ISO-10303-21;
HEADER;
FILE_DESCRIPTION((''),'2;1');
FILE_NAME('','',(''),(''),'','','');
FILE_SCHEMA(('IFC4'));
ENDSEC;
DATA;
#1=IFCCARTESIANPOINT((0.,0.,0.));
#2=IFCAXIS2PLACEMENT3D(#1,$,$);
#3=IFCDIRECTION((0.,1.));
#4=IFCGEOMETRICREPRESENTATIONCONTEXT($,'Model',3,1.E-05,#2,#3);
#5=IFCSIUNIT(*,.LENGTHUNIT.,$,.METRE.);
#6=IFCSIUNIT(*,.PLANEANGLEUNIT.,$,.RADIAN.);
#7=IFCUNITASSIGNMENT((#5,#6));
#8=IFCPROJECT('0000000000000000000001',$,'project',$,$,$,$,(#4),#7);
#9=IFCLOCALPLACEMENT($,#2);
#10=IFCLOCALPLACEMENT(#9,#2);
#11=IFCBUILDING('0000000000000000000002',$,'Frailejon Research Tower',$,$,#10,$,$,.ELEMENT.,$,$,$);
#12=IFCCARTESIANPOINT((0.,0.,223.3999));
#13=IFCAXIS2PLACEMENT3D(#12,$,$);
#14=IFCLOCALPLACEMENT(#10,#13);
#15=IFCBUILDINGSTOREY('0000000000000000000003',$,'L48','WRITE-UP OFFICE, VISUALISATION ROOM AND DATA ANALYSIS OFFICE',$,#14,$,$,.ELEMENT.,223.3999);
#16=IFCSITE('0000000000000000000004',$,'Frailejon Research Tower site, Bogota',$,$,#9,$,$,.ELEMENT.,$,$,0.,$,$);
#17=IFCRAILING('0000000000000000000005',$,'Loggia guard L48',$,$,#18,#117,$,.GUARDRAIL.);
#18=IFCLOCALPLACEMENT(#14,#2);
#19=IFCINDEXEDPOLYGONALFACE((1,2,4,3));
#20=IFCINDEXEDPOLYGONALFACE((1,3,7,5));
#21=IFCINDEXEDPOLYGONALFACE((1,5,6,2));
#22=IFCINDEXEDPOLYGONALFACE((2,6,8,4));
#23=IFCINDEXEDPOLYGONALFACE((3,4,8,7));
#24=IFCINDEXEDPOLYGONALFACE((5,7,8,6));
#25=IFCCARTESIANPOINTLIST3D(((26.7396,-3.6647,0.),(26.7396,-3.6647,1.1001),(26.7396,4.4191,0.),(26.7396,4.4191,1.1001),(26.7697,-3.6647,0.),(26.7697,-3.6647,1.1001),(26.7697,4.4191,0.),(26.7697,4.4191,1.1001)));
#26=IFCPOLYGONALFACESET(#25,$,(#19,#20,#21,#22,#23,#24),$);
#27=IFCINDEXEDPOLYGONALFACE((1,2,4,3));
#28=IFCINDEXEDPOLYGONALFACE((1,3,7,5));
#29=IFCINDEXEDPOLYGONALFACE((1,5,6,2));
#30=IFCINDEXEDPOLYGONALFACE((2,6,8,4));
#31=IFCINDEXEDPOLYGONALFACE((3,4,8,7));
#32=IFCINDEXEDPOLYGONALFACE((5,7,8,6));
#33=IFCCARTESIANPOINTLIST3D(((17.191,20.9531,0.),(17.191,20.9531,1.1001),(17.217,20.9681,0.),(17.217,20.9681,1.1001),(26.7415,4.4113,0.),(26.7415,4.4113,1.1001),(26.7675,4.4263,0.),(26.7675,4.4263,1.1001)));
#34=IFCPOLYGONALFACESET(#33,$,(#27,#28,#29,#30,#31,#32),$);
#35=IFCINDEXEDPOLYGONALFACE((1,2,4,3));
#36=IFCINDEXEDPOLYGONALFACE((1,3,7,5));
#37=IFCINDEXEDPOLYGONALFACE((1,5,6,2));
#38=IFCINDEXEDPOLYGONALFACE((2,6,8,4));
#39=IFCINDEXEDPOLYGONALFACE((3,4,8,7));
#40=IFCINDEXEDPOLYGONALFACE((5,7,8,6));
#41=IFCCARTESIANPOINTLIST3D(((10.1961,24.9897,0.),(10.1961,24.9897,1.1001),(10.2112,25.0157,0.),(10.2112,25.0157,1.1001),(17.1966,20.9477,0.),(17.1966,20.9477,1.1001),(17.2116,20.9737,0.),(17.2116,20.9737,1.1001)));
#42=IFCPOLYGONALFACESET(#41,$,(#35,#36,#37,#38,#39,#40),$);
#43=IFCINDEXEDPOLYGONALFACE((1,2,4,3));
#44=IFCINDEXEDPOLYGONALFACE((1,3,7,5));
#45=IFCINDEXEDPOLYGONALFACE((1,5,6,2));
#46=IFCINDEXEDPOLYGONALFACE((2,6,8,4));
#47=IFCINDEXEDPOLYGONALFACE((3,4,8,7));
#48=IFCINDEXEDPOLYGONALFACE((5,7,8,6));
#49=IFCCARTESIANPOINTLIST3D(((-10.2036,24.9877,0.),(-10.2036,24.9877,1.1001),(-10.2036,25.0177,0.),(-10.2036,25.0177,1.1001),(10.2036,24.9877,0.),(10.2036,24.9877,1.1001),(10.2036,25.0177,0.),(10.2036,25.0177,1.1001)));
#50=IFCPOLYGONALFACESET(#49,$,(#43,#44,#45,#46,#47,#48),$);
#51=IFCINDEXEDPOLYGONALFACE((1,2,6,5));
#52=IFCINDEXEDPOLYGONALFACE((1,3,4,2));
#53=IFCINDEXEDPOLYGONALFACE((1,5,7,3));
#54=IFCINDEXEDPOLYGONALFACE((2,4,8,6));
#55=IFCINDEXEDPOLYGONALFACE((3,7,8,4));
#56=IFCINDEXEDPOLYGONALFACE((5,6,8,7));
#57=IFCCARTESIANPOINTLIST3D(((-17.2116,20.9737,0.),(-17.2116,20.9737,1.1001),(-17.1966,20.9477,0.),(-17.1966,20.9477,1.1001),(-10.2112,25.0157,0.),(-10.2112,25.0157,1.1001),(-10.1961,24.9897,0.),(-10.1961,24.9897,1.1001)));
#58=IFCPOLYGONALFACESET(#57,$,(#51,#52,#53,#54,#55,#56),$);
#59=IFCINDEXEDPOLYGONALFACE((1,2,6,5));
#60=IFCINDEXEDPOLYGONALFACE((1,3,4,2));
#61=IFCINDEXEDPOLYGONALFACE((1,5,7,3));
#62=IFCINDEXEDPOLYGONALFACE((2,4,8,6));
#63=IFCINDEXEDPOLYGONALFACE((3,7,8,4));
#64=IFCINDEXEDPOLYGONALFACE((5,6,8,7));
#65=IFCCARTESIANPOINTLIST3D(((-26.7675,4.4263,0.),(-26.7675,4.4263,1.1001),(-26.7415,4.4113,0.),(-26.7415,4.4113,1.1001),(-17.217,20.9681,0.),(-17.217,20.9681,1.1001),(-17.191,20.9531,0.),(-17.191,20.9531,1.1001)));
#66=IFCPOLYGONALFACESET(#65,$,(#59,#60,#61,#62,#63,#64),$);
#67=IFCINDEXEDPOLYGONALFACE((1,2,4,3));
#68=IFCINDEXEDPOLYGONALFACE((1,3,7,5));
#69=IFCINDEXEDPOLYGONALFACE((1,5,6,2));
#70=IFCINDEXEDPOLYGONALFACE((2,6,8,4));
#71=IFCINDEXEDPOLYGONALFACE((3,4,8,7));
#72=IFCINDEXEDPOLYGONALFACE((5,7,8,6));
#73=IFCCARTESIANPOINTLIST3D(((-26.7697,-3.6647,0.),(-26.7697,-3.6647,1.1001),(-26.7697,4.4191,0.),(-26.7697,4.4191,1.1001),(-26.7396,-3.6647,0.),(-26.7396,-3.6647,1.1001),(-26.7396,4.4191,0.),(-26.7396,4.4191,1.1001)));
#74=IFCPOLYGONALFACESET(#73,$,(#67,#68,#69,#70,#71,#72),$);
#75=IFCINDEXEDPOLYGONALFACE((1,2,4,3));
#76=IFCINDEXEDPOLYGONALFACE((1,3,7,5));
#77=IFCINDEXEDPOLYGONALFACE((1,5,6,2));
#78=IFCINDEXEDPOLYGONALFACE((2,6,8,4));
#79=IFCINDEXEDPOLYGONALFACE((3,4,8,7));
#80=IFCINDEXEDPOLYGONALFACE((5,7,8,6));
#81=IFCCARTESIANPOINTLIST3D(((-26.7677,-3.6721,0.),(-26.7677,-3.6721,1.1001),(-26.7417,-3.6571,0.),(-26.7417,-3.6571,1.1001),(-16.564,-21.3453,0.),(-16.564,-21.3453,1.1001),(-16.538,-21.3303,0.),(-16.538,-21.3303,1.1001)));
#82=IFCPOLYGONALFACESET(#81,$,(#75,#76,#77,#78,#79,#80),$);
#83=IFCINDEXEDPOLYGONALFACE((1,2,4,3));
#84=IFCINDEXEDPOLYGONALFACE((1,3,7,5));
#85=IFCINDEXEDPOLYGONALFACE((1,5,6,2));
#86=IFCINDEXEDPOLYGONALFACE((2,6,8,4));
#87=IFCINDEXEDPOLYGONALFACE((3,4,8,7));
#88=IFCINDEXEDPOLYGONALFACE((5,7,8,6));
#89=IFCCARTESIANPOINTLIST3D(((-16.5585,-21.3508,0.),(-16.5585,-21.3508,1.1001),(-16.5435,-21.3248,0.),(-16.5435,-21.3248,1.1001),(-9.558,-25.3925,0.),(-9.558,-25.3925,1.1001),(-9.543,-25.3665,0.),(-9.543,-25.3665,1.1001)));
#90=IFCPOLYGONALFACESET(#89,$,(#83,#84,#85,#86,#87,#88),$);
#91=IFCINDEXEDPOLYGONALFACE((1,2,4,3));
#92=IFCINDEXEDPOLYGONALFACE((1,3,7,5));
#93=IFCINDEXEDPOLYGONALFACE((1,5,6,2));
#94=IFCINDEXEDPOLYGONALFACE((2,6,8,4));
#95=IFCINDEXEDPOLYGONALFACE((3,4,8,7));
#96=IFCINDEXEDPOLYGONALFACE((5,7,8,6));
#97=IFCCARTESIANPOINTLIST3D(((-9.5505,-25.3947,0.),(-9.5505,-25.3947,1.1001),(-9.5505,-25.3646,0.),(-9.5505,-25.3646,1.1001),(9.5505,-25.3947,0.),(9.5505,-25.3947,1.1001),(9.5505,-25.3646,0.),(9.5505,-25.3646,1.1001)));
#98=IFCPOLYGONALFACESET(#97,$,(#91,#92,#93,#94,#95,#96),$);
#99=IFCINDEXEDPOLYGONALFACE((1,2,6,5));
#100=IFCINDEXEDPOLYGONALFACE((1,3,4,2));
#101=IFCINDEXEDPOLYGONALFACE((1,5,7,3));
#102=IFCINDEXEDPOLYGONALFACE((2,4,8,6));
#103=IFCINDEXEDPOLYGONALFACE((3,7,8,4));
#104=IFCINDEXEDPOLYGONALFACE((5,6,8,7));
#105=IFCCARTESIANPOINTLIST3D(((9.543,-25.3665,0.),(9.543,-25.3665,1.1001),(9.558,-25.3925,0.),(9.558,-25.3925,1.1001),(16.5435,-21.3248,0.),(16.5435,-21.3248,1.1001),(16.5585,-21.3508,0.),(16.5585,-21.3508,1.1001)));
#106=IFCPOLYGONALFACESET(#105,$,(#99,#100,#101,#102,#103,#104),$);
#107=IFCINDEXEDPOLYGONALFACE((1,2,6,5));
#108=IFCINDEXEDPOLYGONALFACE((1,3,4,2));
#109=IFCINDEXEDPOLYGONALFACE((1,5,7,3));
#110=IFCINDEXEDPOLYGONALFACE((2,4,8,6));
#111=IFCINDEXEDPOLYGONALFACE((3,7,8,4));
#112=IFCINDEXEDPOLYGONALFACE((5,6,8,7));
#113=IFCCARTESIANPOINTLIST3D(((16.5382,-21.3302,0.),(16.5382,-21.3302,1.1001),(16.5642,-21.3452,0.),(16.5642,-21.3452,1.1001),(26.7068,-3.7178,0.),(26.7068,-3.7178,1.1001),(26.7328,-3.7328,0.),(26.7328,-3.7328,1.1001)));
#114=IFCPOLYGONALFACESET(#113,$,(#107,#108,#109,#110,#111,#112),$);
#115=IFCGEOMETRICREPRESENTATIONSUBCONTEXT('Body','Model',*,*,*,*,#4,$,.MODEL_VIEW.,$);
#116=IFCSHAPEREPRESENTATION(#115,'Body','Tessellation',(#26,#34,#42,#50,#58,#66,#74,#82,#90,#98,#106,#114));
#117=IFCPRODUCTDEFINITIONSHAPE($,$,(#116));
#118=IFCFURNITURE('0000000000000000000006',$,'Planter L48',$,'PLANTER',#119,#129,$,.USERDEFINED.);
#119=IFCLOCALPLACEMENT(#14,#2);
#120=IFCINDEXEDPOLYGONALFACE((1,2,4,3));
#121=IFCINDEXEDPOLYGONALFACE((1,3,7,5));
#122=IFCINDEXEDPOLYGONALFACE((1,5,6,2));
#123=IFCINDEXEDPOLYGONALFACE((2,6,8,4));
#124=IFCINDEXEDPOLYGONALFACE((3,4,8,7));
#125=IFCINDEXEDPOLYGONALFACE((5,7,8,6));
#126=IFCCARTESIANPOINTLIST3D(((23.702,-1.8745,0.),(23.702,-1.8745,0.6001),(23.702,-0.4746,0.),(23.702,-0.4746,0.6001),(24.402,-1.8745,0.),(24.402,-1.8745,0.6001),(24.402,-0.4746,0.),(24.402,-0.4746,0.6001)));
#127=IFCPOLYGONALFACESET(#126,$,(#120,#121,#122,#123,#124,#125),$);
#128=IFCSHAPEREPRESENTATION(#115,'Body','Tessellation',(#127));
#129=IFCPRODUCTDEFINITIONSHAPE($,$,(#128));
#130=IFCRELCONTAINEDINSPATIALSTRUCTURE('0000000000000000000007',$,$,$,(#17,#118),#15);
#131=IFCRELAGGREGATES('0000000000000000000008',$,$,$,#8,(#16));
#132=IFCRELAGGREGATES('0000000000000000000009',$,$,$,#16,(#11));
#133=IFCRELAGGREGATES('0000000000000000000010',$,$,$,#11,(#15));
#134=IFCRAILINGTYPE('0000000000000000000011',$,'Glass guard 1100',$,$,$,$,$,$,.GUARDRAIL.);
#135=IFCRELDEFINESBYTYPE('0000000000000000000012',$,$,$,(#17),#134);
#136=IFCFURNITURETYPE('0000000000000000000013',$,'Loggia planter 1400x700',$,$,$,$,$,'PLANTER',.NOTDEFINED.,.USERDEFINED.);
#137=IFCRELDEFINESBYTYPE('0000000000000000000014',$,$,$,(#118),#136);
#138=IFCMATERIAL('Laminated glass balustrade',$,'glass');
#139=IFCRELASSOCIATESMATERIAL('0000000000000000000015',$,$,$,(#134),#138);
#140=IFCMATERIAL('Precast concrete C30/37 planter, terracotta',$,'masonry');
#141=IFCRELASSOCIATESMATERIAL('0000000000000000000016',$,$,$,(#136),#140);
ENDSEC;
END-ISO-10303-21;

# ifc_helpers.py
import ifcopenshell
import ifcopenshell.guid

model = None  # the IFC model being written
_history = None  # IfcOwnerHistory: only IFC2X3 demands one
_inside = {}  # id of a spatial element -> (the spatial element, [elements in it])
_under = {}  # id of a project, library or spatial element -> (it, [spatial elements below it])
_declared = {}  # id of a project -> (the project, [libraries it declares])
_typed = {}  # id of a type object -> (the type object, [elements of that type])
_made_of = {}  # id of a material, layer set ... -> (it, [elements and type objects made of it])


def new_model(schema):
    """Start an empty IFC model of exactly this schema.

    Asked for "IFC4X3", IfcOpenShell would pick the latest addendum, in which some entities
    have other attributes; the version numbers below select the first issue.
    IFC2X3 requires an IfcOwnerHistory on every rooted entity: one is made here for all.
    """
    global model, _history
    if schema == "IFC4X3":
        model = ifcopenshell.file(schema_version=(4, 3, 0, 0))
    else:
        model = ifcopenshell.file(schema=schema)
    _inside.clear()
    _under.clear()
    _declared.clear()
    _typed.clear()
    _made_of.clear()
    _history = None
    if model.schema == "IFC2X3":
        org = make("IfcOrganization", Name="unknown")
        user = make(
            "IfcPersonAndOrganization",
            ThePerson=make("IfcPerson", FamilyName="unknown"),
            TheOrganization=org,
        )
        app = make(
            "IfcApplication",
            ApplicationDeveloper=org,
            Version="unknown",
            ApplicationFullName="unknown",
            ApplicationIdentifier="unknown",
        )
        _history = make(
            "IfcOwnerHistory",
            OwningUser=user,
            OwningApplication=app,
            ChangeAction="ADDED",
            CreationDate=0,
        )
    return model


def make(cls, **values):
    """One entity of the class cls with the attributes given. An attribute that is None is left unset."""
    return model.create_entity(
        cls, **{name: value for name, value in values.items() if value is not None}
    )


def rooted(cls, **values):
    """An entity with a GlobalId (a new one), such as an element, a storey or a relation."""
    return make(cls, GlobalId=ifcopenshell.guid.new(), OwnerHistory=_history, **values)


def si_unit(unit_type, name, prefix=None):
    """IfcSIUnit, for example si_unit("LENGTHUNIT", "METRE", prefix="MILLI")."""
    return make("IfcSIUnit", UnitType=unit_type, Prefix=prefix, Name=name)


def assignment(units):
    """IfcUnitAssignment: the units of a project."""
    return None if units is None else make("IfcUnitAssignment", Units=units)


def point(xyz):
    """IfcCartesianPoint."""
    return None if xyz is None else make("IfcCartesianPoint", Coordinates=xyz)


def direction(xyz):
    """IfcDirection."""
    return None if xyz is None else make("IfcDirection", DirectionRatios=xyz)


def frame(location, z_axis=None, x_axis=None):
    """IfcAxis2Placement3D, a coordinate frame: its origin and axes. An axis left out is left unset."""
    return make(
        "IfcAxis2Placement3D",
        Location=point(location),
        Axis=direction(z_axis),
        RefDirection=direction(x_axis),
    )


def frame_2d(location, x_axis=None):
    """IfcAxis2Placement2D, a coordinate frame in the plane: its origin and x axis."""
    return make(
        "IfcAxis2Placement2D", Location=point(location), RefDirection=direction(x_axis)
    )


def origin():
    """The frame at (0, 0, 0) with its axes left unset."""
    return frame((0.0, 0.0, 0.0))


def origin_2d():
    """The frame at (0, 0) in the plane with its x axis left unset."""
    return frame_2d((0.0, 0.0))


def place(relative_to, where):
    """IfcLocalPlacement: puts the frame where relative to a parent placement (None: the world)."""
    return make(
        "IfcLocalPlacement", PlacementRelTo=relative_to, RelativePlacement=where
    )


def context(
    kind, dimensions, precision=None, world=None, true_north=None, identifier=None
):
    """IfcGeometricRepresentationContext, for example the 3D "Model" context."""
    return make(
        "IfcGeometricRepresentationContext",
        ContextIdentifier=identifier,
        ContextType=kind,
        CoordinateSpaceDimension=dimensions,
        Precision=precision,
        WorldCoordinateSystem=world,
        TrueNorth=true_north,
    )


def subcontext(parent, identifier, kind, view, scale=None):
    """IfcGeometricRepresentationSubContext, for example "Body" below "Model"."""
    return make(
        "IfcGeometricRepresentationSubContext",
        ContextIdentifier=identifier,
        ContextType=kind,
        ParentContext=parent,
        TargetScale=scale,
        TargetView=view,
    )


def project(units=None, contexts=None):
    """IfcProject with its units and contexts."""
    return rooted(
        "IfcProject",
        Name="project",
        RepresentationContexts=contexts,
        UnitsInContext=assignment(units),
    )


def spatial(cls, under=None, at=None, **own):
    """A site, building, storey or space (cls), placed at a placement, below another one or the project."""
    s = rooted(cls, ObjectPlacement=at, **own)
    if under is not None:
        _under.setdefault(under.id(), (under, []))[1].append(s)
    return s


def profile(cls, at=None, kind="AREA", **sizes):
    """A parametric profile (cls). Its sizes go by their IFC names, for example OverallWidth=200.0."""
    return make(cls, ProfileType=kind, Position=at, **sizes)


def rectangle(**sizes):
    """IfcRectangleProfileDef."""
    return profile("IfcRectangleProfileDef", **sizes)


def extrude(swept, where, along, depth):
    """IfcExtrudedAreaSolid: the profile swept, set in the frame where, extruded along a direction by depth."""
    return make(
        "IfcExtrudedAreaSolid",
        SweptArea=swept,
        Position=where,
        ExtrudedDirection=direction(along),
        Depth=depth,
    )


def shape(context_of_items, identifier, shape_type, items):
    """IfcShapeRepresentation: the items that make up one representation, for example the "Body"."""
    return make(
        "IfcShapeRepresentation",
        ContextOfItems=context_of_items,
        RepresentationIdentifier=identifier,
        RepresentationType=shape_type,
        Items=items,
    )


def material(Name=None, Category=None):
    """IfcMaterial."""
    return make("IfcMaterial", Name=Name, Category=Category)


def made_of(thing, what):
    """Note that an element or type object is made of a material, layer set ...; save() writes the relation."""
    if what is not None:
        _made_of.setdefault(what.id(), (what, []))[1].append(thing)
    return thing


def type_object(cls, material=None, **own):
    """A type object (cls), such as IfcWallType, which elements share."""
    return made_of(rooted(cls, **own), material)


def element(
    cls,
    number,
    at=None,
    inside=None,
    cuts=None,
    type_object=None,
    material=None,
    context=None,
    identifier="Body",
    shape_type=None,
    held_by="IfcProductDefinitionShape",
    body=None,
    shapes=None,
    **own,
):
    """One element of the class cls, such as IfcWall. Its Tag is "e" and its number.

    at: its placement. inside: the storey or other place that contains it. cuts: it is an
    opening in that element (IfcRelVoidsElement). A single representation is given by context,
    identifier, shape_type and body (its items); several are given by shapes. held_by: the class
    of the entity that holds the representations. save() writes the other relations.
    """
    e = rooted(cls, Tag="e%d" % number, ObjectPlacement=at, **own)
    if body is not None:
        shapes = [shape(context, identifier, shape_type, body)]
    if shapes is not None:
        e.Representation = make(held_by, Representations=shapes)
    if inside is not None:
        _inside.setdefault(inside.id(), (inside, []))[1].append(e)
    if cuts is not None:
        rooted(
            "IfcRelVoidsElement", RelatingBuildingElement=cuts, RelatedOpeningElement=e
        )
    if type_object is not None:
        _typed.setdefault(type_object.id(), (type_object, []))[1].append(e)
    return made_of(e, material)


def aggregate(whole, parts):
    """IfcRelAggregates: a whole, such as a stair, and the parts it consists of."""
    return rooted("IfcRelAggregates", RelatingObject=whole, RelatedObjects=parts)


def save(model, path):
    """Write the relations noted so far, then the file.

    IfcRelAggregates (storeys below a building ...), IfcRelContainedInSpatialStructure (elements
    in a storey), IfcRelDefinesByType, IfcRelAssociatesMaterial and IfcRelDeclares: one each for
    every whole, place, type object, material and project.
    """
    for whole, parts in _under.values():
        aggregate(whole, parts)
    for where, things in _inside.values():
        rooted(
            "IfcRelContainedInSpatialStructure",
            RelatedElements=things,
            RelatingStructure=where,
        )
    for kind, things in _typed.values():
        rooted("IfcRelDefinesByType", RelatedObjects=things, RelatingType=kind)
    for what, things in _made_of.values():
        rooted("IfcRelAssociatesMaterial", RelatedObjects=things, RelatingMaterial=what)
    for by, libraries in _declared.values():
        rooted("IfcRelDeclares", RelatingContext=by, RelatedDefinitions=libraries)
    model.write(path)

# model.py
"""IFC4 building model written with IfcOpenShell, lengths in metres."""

from ifc_helpers import new_model, si_unit, direction, frame, origin, origin_2d, place, context, subcontext, project, spatial, rectangle, extrude, material, type_object, element, save


model = new_model("IFC4")

# Units and contexts
model_context = context("Model", 3, precision=1e-05, world=origin(), true_north=direction((0.0, 1.0)))
body_context = subcontext(model_context, "Body", "Model", "MODEL_VIEW")
ifc_project = project(units=[si_unit("LENGTHUNIT", "METRE"), si_unit("PLANEANGLEUNIT", "RADIAN")], contexts=[model_context])

# Site, building, storey
site_placement = place(None, origin())
site = spatial("IfcSite", under=ifc_project, at=site_placement, Name="Frailejon Research Tower site, Bogota", CompositionType="ELEMENT", RefElevation=0.0)
building_placement = place(site_placement, origin())
building = spatial("IfcBuilding", under=site, at=building_placement, Name="Frailejon Research Tower", CompositionType="ELEMENT")
storey_placement = place(building_placement, frame((0.0, 0.0, 223.3999)))
storey = spatial("IfcBuildingStorey", under=building, at=storey_placement, Name="L48", Description="WRITE-UP OFFICE, VISUALISATION ROOM AND DATA ANALYSIS OFFICE", CompositionType="ELEMENT", Elevation=223.3999)

# Railing
ifc_material_1 = material(Name="Laminated glass balustrade", Category="glass")
railing_type = type_object("IfcRailingType", Name="Glass guard 1100", PredefinedType="GUARDRAIL", material=ifc_material_1)
railing_placement = place(storey_placement, frame((26.7546, -3.6648, 0.0)))
element("IfcRailing", 1, at=railing_placement, inside=storey, type_object=railing_type, Name="Loggia guard L48", PredefinedType="GUARDRAIL", context=body_context, shape_type="SweptSolid", body=[
    extrude(rectangle(XDim=8.0837, YDim=0.03, at=origin_2d()), frame((0.0, 4.042, 0.0), z_axis=(0.0, 0.0, 1.0), x_axis=(0.0, 1.0, 0.0)), (0.0, 0.0, 1.0), 1.1001),
    extrude(rectangle(XDim=19.1008, YDim=0.03, at=origin_2d()), frame((-4.7754, 16.3545, 0.0), z_axis=(0.0, 0.0, 1.0), x_axis=(-0.500006, 0.866022, 0.0)), (0.0, 0.0, 1.0), 1.1001),
    extrude(rectangle(XDim=8.0835, YDim=0.03, at=origin_2d()), frame((-13.0508, 26.6465, 0.0), z_axis=(0.0, 0.0, 1.0), x_axis=(-0.866012, 0.500024, 0.0)), (0.0, 0.0, 1.0), 1.1001),
    extrude(rectangle(XDim=20.4072, YDim=0.03, at=origin_2d()), frame((-26.7546, 28.6675, 0.0), z_axis=(0.0, 0.0, 1.0), x_axis=(-1.0, 0.0, 0.0)), (0.0, 0.0, 1.0), 1.1001),
    extrude(rectangle(XDim=8.0835, YDim=0.03, at=origin_2d()), frame((-40.4585, 26.6465, 0.0), z_axis=(0.0, 0.0, 1.0), x_axis=(-0.866012, -0.500024, 0.0)), (0.0, 0.0, 1.0), 1.1001),
    extrude(rectangle(XDim=19.1008, YDim=0.03, at=origin_2d()), frame((-48.7339, 16.3545, 0.0), z_axis=(0.0, 0.0, 1.0), x_axis=(-0.500006, -0.866022, 0.0)), (0.0, 0.0, 1.0), 1.1001),
    extrude(rectangle(XDim=8.0837, YDim=0.03, at=origin_2d()), frame((-53.5093, 4.042, 0.0), z_axis=(0.0, 0.0, 1.0), x_axis=(0.0, -1.0, 0.0)), (0.0, 0.0, 1.0), 1.1001),
    extrude(rectangle(XDim=20.4072, YDim=0.03, at=origin_2d()), frame((-48.4075, -8.8364, 0.0), z_axis=(0.0, 0.0, 1.0), x_axis=(0.500002, -0.866024, 0.0)), (0.0, 0.0, 1.0), 1.1001),
    extrude(rectangle(XDim=8.0835, YDim=0.03, at=origin_2d()), frame((-39.8054, -19.6938, 0.0), z_axis=(0.0, 0.0, 1.0), x_axis=(0.866025, -0.500001, 0.0)), (0.0, 0.0, 1.0), 1.1001),
    extrude(rectangle(XDim=19.1011, YDim=0.03, at=origin_2d()), frame((-26.7546, -21.7148, 0.0), z_axis=(0.0, 0.0, 1.0), x_axis=(1.0, 0.0, 0.0)), (0.0, 0.0, 1.0), 1.1001),
    extrude(rectangle(XDim=8.0835, YDim=0.03, at=origin_2d()), frame((-13.7039, -19.6938, 0.0), z_axis=(0.0, 0.0, 1.0), x_axis=(0.866025, 0.500001, 0.0)), (0.0, 0.0, 1.0), 1.1001),
    extrude(rectangle(XDim=20.3372, YDim=0.03, at=origin_2d()), frame((-5.1191, -8.8667, 0.0), z_axis=(0.0, 0.0, 1.0), x_axis=(0.500003, 0.866023, 0.0)), (0.0, 0.0, 1.0), 1.1001),
])

# Furniture
ifc_material_2 = material(Name="Precast concrete C30/37 planter, terracotta", Category="masonry")
furniture_type = type_object("IfcFurnitureType", Name="Loggia planter 1400x700", ElementType="PLANTER", AssemblyPlace="NOTDEFINED", PredefinedType="USERDEFINED", material=ifc_material_2)
furniture_placement = place(storey_placement, frame((24.052, -1.1746, 0.0), z_axis=(0.0, 0.0, 1.0), x_axis=(0.0, 1.0, 0.0)))
element("IfcFurniture", 2, at=furniture_placement, inside=storey, type_object=furniture_type, Name="Planter L48", ObjectType="PLANTER", PredefinedType="USERDEFINED", context=body_context, shape_type="SweptSolid", body=[
    extrude(rectangle(XDim=1.3999, YDim=0.7, at=origin_2d()), origin(), (0.0, 0.0, 1.0), 0.6001),
])

save(model, "model.ifc")
